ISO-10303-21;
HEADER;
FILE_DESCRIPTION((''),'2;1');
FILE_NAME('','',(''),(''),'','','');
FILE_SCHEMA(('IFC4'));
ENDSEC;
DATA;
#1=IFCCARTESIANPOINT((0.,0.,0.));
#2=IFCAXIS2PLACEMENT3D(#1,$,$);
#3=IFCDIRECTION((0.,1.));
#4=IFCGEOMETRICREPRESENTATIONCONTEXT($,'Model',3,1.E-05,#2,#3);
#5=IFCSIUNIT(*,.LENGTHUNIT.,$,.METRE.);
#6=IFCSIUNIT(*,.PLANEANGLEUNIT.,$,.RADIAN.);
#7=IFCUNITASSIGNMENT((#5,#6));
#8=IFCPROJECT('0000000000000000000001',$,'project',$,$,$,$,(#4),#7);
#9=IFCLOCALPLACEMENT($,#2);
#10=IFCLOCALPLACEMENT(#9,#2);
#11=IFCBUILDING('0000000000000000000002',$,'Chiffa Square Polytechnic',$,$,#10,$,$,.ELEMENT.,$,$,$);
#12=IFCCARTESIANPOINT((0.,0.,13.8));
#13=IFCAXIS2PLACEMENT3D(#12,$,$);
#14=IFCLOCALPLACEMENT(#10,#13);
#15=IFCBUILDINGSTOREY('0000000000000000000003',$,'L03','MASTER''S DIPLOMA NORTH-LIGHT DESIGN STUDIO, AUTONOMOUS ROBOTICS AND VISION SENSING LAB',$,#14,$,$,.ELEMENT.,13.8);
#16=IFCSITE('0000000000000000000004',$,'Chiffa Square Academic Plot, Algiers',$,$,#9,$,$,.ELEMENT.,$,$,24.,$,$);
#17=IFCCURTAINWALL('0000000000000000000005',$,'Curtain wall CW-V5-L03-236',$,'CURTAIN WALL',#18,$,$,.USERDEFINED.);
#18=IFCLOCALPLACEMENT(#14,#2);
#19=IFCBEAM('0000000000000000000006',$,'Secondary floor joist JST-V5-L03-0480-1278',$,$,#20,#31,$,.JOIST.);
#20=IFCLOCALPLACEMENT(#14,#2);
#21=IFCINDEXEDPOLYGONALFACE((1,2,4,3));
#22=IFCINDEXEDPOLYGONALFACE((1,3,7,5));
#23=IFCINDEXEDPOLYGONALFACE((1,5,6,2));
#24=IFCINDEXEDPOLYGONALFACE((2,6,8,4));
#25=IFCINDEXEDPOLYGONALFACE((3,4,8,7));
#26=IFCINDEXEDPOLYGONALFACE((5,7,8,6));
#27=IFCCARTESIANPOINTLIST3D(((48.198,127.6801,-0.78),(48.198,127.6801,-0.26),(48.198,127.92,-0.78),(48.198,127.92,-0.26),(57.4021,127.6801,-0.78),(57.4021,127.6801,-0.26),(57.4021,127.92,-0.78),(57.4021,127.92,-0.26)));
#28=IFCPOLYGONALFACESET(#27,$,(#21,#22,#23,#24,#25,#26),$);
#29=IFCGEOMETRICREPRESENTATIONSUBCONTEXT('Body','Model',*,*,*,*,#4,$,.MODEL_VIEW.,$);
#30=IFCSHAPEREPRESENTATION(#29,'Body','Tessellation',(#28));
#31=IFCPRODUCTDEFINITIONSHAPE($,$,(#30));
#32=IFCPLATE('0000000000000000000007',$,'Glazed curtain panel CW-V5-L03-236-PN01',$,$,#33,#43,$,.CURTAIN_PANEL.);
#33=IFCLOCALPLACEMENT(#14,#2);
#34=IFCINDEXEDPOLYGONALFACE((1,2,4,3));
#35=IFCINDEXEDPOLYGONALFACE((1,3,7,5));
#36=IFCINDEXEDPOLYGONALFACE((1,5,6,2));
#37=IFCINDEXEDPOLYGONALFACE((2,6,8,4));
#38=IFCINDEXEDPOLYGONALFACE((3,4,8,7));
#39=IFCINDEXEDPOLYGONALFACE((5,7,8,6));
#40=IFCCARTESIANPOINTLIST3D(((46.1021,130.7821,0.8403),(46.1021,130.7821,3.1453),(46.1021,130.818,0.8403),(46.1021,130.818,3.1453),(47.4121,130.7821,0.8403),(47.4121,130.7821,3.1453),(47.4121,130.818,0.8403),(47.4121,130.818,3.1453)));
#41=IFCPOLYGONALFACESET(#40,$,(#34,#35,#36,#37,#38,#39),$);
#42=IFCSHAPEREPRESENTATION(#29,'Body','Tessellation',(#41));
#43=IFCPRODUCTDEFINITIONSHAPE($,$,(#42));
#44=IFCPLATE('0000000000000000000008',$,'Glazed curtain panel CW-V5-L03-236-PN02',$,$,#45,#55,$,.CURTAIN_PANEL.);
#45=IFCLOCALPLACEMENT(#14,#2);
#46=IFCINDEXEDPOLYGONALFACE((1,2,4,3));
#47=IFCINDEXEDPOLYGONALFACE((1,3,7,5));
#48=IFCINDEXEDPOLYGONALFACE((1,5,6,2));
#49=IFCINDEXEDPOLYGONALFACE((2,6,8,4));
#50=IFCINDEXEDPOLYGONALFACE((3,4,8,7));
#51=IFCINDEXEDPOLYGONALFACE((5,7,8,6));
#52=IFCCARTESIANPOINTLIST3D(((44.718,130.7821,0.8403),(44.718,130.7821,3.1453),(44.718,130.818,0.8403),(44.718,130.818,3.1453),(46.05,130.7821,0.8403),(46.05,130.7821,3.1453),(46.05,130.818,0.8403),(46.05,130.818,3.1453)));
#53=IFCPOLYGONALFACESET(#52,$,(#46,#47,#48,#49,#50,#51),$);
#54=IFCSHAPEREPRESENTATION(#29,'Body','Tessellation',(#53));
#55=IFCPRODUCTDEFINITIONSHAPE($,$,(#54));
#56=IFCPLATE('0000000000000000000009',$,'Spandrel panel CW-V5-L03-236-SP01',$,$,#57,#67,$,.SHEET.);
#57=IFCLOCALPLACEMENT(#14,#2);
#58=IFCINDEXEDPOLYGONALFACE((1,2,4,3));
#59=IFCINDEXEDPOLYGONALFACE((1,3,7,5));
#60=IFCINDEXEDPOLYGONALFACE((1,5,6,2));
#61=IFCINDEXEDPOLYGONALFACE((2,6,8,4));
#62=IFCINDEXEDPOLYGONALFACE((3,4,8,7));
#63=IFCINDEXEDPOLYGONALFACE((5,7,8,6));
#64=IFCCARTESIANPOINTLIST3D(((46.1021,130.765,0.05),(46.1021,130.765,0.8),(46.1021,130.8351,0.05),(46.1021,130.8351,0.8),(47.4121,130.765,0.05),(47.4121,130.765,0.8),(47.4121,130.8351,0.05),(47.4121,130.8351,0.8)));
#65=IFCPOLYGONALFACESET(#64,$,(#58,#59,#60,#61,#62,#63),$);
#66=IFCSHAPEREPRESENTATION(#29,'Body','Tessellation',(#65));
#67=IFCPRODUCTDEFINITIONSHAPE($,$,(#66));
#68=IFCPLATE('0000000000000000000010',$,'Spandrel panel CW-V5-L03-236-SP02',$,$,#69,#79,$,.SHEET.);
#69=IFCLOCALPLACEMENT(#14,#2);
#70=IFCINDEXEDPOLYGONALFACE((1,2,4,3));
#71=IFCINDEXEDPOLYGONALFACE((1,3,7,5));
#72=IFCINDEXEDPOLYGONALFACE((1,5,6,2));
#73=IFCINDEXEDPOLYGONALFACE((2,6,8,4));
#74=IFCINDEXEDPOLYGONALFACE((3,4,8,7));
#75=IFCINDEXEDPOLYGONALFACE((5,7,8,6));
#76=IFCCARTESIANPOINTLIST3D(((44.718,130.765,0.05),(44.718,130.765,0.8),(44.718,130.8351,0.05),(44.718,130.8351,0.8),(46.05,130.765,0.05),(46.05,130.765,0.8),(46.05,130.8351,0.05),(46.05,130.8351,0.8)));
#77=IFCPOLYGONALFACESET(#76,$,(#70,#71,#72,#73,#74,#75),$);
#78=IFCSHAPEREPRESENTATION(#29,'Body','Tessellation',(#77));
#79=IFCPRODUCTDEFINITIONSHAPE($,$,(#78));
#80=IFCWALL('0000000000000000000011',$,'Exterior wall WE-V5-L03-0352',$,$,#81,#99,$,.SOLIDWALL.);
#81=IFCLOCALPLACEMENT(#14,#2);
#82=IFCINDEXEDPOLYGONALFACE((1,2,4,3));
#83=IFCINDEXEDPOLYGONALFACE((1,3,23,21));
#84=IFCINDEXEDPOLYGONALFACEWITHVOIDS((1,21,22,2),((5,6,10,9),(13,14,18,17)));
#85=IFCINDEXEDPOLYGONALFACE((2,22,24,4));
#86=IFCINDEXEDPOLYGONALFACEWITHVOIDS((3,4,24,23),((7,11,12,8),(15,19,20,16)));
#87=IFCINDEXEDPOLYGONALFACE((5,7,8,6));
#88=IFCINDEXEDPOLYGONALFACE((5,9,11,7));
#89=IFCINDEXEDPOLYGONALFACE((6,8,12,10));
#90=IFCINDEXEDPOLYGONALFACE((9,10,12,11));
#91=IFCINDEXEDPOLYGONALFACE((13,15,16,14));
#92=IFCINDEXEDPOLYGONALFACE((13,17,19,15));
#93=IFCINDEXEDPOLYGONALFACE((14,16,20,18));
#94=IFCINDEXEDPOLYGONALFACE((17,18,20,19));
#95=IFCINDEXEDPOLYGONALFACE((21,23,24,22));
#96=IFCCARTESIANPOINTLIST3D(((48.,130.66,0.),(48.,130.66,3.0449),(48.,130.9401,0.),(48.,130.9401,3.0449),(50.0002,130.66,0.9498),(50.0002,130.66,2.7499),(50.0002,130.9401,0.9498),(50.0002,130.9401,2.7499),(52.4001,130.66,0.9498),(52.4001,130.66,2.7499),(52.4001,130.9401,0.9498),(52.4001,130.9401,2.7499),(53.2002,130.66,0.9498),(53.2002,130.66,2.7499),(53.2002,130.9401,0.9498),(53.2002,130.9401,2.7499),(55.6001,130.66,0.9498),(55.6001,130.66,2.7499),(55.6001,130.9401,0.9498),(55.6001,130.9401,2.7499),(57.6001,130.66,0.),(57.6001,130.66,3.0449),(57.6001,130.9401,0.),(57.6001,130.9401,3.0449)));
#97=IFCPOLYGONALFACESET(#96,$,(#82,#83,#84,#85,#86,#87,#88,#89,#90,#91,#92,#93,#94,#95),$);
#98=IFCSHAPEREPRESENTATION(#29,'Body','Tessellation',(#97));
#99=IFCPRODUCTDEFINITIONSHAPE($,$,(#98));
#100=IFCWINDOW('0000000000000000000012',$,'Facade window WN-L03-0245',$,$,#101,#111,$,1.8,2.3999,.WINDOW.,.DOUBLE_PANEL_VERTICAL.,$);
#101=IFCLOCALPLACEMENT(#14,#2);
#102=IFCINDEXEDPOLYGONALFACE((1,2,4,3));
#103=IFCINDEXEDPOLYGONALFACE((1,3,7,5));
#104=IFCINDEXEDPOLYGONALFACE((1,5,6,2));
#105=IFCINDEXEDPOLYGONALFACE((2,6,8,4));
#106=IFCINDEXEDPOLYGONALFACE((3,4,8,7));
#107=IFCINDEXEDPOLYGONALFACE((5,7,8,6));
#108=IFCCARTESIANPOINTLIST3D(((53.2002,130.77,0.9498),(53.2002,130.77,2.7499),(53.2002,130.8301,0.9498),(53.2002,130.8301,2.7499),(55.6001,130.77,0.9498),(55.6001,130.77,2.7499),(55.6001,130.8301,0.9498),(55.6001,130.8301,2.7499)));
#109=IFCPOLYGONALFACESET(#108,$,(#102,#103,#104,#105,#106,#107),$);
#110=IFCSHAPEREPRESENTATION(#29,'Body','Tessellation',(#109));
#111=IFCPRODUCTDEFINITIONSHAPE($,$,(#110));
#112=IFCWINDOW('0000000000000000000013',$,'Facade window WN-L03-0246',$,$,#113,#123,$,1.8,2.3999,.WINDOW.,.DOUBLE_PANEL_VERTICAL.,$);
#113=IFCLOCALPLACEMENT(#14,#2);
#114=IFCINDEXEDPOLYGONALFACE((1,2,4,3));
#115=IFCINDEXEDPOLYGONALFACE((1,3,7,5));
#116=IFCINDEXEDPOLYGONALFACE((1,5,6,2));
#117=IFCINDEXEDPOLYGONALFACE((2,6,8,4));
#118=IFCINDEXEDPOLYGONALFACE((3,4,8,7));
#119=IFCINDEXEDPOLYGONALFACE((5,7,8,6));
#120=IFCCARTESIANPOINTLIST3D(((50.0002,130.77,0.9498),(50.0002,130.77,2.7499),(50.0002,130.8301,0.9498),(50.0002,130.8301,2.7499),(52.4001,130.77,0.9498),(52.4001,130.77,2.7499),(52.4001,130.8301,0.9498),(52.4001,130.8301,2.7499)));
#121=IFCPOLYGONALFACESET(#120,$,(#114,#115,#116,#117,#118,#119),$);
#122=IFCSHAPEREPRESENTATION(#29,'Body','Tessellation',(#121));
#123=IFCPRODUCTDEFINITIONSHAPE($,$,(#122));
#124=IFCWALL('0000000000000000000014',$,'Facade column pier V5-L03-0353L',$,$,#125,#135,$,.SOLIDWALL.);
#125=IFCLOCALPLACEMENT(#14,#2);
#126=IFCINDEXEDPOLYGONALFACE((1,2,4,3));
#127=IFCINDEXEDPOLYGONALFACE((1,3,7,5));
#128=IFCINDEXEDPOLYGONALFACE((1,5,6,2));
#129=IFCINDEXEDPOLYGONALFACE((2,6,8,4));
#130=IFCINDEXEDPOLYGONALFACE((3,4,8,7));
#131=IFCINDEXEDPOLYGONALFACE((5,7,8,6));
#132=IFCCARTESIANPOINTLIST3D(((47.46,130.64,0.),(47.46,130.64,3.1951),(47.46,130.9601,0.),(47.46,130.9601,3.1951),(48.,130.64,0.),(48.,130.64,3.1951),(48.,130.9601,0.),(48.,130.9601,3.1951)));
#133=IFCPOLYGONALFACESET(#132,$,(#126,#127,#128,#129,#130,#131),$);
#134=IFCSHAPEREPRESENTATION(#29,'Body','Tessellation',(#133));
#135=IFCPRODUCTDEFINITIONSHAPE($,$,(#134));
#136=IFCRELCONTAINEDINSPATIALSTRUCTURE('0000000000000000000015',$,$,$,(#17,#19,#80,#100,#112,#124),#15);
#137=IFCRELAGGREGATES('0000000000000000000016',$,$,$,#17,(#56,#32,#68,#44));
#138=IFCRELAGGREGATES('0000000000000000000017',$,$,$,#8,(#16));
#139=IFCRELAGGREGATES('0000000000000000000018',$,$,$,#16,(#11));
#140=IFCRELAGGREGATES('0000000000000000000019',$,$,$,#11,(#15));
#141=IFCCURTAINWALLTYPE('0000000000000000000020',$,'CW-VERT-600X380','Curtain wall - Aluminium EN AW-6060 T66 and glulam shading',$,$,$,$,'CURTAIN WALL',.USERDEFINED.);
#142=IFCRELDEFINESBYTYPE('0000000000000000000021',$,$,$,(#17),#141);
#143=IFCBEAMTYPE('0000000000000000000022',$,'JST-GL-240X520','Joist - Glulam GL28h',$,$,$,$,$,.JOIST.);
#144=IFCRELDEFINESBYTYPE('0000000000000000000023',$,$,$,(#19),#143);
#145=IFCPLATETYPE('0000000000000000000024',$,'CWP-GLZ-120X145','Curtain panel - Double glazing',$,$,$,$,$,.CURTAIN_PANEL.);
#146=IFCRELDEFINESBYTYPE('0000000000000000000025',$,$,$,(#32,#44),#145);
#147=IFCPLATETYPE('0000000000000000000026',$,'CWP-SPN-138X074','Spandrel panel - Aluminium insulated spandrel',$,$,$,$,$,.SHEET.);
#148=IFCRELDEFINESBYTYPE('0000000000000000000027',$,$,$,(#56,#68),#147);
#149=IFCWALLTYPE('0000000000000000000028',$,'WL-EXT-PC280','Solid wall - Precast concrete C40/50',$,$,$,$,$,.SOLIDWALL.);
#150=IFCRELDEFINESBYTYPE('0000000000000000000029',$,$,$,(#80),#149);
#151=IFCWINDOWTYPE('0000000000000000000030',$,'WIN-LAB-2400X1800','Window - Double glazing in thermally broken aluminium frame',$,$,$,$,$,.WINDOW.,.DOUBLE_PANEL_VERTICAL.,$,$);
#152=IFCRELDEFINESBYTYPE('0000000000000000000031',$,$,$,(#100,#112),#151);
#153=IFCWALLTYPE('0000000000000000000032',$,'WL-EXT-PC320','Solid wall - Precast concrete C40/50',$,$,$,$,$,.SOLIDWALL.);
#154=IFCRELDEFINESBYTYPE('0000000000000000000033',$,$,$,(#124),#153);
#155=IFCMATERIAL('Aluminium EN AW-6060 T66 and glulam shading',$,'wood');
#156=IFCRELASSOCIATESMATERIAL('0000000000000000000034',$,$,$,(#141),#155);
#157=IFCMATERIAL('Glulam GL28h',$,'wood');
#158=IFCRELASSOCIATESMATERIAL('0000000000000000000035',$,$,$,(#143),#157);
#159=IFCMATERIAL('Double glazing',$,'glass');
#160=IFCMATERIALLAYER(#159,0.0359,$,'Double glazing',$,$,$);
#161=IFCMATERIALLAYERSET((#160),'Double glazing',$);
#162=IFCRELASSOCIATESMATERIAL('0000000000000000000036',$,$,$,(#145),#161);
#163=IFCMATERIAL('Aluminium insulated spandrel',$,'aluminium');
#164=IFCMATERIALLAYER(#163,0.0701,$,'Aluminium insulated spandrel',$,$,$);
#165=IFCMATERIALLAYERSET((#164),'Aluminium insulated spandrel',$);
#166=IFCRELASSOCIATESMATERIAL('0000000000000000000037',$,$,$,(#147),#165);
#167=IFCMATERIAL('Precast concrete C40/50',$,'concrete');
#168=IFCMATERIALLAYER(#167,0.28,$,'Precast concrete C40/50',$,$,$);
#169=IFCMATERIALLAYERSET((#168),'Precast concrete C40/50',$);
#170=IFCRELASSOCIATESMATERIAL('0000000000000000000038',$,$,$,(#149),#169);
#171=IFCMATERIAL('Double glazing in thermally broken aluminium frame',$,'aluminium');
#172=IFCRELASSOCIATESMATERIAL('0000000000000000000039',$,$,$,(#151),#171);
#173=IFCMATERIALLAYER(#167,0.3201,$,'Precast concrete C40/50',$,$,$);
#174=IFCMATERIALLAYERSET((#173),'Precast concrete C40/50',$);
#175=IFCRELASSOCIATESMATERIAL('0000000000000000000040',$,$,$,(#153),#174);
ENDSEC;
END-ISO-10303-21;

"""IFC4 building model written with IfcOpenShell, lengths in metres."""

from ifc_helpers import new_model, si_unit, direction, frame, frame_2d, origin, origin_2d, place, context, subcontext, project, spatial, rectangle, extrude, material, layer, layer_set, material_profile, profile_set, type_object, element, fill, aggregate, save


model = new_model("IFC4")

# Units and contexts
model_context = context("Model", 3, precision=1e-05, world=origin(), true_north=direction((0.0, 1.0)))
body_context = subcontext(model_context, "Body", "Model", "MODEL_VIEW")
ifc_project = project(units=[si_unit("LENGTHUNIT", "METRE"), si_unit("PLANEANGLEUNIT", "RADIAN")], contexts=[model_context])

# Site, building, storey
site_placement = place(None, origin())
site = spatial("IfcSite", under=ifc_project, at=site_placement, Name="Chiffa Square Academic Plot, Algiers", CompositionType="ELEMENT", RefElevation=24.0)
building_placement = place(site_placement, origin())
building = spatial("IfcBuilding", under=site, at=building_placement, Name="Chiffa Square Polytechnic", CompositionType="ELEMENT")
storey_placement = place(building_placement, frame((0.0, 0.0, 13.8)))
storey = spatial("IfcBuildingStorey", under=building, at=storey_placement, Name="L03", Description="MASTER'S DIPLOMA NORTH-LIGHT DESIGN STUDIO, AUTONOMOUS ROBOTICS AND VISION SENSING LAB", CompositionType="ELEMENT", Elevation=13.8)

# Curtain wall
ifc_material_1 = material(Name="Aluminium EN AW-6060 T66 and glulam shading", Category="wood")
curtain_wall_type = type_object("IfcCurtainWallType", Name="CW-VERT-600X380", Description="Curtain wall - Aluminium EN AW-6060 T66 and glulam shading", ElementType="CURTAIN WALL", PredefinedType="USERDEFINED", material=ifc_material_1)
curtain_wall_placement = place(storey_placement, origin())
curtain_wall = element("IfcCurtainWall", 1, at=curtain_wall_placement, inside=storey, type_object=curtain_wall_type, Name="Curtain wall CW-V5-L03-236", ObjectType="CURTAIN WALL", PredefinedType="USERDEFINED")
ifc_material_2 = material(Name="Glulam GL28h", Category="wood")

# Beam
ifc_material_profile_1 = material_profile(ifc_material_2, rectangle(XDim=0.24, YDim=0.52, at=origin_2d()), Name="GL28h 240x520")
ifc_profile_set_1 = profile_set([ifc_material_profile_1], Name="Glulam GL28h")
beam_type_1 = type_object("IfcBeamType", Name="JST-GL-240X520", Description="Joist - Glulam GL28h", PredefinedType="JOIST", material=ifc_profile_set_1)
for number, where, z_axis, x_axis, name in (
    (2, (48.198, 127.8, -0.52), (1.0, 0.0, 0.0), (0.0, 1.0, 0.0), "Secondary floor joist JST-V5-L03-0480-1278"),
):
    element("IfcBeam", number, at=place(storey_placement, frame(where, z_axis=z_axis, x_axis=x_axis)), inside=storey, type_object=beam_type_1, Name=name, PredefinedType="JOIST", context=body_context, shape_type="SweptSolid", body=[
        extrude(rectangle(XDim=0.24, YDim=0.52, at=origin_2d()), origin(), (0.0, 0.0, 1.0), 9.2041),
    ])

# Plates
ifc_material_3 = material(Name="Double glazing", Category="glass")
ifc_layer_1 = layer(ifc_material_3, 0.0359, Name="Double glazing")
ifc_layer_set_1 = layer_set([ifc_layer_1], Name="Double glazing")
plate_type_1 = type_object("IfcPlateType", Name="CWP-GLZ-120X145", Description="Curtain panel - Double glazing", PredefinedType="CURTAIN_PANEL", material=ifc_layer_set_1)
plate_1_placement = place(storey_placement, frame((46.7571, 130.8, 0.8403), z_axis=(0.0, 0.0, 1.0), x_axis=(-1.0, 0.0, 0.0)))
plate_1 = element("IfcPlate", 3, at=plate_1_placement, type_object=plate_type_1, Name="Glazed curtain panel CW-V5-L03-236-PN01", PredefinedType="CURTAIN_PANEL", context=body_context, shape_type="SweptSolid", body=[
    extrude(rectangle(XDim=1.3101, YDim=0.0359, at=origin_2d()), origin(), (0.0, 0.0, 1.0), 2.3049),
])
plate_2_placement = place(storey_placement, frame((45.384, 130.8, 0.8403), z_axis=(0.0, 0.0, 1.0), x_axis=(-1.0, 0.0, 0.0)))
plate_2 = element("IfcPlate", 4, at=plate_2_placement, type_object=plate_type_1, Name="Glazed curtain panel CW-V5-L03-236-PN02", PredefinedType="CURTAIN_PANEL", context=body_context, shape_type="SweptSolid", body=[
    extrude(rectangle(XDim=1.332, YDim=0.0359, at=origin_2d()), origin(), (0.0, 0.0, 1.0), 2.3049),
])
ifc_material_4 = material(Name="Aluminium insulated spandrel", Category="aluminium")
ifc_layer_2 = layer(ifc_material_4, 0.0701, Name="Aluminium insulated spandrel")
ifc_layer_set_2 = layer_set([ifc_layer_2], Name="Aluminium insulated spandrel")
plate_type_2 = type_object("IfcPlateType", Name="CWP-SPN-138X074", Description="Spandrel panel - Aluminium insulated spandrel", PredefinedType="SHEET", material=ifc_layer_set_2)
plate_3_placement = place(storey_placement, frame((46.7571, 130.8, 0.05), z_axis=(0.0, 0.0, 1.0), x_axis=(-1.0, 0.0, 0.0)))
plate_3 = element("IfcPlate", 5, at=plate_3_placement, type_object=plate_type_2, Name="Spandrel panel CW-V5-L03-236-SP01", PredefinedType="SHEET", context=body_context, shape_type="SweptSolid", body=[
    extrude(rectangle(XDim=1.3101, YDim=0.0701, at=origin_2d()), origin(), (0.0, 0.0, 1.0), 0.75),
])
plate_4_placement = place(storey_placement, frame((45.384, 130.8, 0.05), z_axis=(0.0, 0.0, 1.0), x_axis=(-1.0, 0.0, 0.0)))
plate_4 = element("IfcPlate", 6, at=plate_4_placement, type_object=plate_type_2, Name="Spandrel panel CW-V5-L03-236-SP02", PredefinedType="SHEET", context=body_context, shape_type="SweptSolid", body=[
    extrude(rectangle(XDim=1.332, YDim=0.0701, at=origin_2d()), origin(), (0.0, 0.0, 1.0), 0.75),
])
aggregate(curtain_wall, [plate_3, plate_1, plate_4, plate_2])

# Wall, openings, windows
ifc_material_5 = material(Name="Precast concrete C40/50", Category="concrete")
ifc_layer_3 = layer(ifc_material_5, 0.28, Name="Precast concrete C40/50")
ifc_layer_set_3 = layer_set([ifc_layer_3], Name="Precast concrete C40/50")
wall_type_1 = type_object("IfcWallType", Name="WL-EXT-PC280", Description="Solid wall - Precast concrete C40/50", PredefinedType="SOLIDWALL", material=ifc_layer_set_3)
wall_1_placement = place(storey_placement, frame((57.6001, 130.8, 0.0), z_axis=(0.0, 0.0, 1.0), x_axis=(-1.0, 0.0, 0.0)))
wall_1 = element("IfcWall", 7, at=wall_1_placement, inside=storey, type_object=wall_type_1, Name="Exterior wall WE-V5-L03-0352", PredefinedType="SOLIDWALL", context=body_context, shape_type="SweptSolid", body=[
    extrude(rectangle(XDim=9.6001, YDim=0.28, at=frame_2d((4.8, 0.0))), origin(), (0.0, 0.0, 1.0), 3.0449),
])
opening_1_placement = place(wall_1_placement, frame((2.0, 0.0, 0.95)))
opening_1 = element("IfcOpeningElement", 8, at=opening_1_placement, cuts=wall_1, PredefinedType="OPENING", context=body_context, shape_type="SweptSolid", body=[
    extrude(rectangle(XDim=2.3999, YDim=1.8, at=frame_2d((1.2, 0.8999))), frame((0.0, 0.1499, 0.0), z_axis=(0.0, -1.0, 0.0), x_axis=(1.0, 0.0, 0.0)), (0.0, 0.0, 1.0), 0.3),
])
opening_2_placement = place(wall_1_placement, frame((5.2, 0.0, 0.95)))
opening_2 = element("IfcOpeningElement", 9, at=opening_2_placement, cuts=wall_1, PredefinedType="OPENING", context=body_context, shape_type="SweptSolid", body=[
    extrude(rectangle(XDim=2.3999, YDim=1.8, at=frame_2d((1.2, 0.8999))), frame((0.0, 0.1499, 0.0), z_axis=(0.0, -1.0, 0.0), x_axis=(1.0, 0.0, 0.0)), (0.0, 0.0, 1.0), 0.3),
])
ifc_material_6 = material(Name="Double glazing in thermally broken aluminium frame", Category="aluminium")
window_type = type_object("IfcWindowType", Name="WIN-LAB-2400X1800", Description="Window - Double glazing in thermally broken aluminium frame", PartitioningType="DOUBLE_PANEL_VERTICAL", PredefinedType="WINDOW", material=ifc_material_6)
window_1_placement = place(opening_1_placement, origin())
window_1 = element("IfcWindow", 10, at=window_1_placement, inside=storey, type_object=window_type, Name="Facade window WN-L03-0245", OverallHeight=1.8, OverallWidth=2.3999, PartitioningType="DOUBLE_PANEL_VERTICAL", PredefinedType="WINDOW", context=body_context, shape_type="SweptSolid", body=[
    extrude(rectangle(XDim=2.3999, YDim=1.8, at=frame_2d((1.2, 0.8999))), frame((0.0, 0.03, 0.0), z_axis=(0.0, -1.0, 0.0), x_axis=(1.0, 0.0, 0.0)), (0.0, 0.0, 1.0), 0.0601),
])
fill(opening_1, window_1)
window_2_placement = place(opening_2_placement, origin())
window_2 = element("IfcWindow", 11, at=window_2_placement, inside=storey, type_object=window_type, Name="Facade window WN-L03-0246", OverallHeight=1.8, OverallWidth=2.3999, PartitioningType="DOUBLE_PANEL_VERTICAL", PredefinedType="WINDOW", context=body_context, shape_type="SweptSolid", body=[
    extrude(rectangle(XDim=2.3999, YDim=1.8, at=frame_2d((1.2, 0.8999))), frame((0.0, 0.03, 0.0), z_axis=(0.0, -1.0, 0.0), x_axis=(1.0, 0.0, 0.0)), (0.0, 0.0, 1.0), 0.0601),
])
fill(opening_2, window_2)

# Wall
ifc_layer_4 = layer(ifc_material_5, 0.3201, Name="Precast concrete C40/50")
ifc_layer_set_4 = layer_set([ifc_layer_4], Name="Precast concrete C40/50")
wall_type_2 = type_object("IfcWallType", Name="WL-EXT-PC320", Description="Solid wall - Precast concrete C40/50", PredefinedType="SOLIDWALL", material=ifc_layer_set_4)
wall_2_placement = place(storey_placement, frame((48.0, 130.8, 0.0), z_axis=(0.0, 0.0, 1.0), x_axis=(-1.0, 0.0, 0.0)))
element("IfcWall", 12, at=wall_2_placement, inside=storey, type_object=wall_type_2, Name="Facade column pier V5-L03-0353L", PredefinedType="SOLIDWALL", context=body_context, shape_type="SweptSolid", body=[
    extrude(rectangle(XDim=0.54, YDim=0.3201, at=frame_2d((0.27, 0.0))), origin(), (0.0, 0.0, 1.0), 3.1951),
])

save(model, "model.ifc")
